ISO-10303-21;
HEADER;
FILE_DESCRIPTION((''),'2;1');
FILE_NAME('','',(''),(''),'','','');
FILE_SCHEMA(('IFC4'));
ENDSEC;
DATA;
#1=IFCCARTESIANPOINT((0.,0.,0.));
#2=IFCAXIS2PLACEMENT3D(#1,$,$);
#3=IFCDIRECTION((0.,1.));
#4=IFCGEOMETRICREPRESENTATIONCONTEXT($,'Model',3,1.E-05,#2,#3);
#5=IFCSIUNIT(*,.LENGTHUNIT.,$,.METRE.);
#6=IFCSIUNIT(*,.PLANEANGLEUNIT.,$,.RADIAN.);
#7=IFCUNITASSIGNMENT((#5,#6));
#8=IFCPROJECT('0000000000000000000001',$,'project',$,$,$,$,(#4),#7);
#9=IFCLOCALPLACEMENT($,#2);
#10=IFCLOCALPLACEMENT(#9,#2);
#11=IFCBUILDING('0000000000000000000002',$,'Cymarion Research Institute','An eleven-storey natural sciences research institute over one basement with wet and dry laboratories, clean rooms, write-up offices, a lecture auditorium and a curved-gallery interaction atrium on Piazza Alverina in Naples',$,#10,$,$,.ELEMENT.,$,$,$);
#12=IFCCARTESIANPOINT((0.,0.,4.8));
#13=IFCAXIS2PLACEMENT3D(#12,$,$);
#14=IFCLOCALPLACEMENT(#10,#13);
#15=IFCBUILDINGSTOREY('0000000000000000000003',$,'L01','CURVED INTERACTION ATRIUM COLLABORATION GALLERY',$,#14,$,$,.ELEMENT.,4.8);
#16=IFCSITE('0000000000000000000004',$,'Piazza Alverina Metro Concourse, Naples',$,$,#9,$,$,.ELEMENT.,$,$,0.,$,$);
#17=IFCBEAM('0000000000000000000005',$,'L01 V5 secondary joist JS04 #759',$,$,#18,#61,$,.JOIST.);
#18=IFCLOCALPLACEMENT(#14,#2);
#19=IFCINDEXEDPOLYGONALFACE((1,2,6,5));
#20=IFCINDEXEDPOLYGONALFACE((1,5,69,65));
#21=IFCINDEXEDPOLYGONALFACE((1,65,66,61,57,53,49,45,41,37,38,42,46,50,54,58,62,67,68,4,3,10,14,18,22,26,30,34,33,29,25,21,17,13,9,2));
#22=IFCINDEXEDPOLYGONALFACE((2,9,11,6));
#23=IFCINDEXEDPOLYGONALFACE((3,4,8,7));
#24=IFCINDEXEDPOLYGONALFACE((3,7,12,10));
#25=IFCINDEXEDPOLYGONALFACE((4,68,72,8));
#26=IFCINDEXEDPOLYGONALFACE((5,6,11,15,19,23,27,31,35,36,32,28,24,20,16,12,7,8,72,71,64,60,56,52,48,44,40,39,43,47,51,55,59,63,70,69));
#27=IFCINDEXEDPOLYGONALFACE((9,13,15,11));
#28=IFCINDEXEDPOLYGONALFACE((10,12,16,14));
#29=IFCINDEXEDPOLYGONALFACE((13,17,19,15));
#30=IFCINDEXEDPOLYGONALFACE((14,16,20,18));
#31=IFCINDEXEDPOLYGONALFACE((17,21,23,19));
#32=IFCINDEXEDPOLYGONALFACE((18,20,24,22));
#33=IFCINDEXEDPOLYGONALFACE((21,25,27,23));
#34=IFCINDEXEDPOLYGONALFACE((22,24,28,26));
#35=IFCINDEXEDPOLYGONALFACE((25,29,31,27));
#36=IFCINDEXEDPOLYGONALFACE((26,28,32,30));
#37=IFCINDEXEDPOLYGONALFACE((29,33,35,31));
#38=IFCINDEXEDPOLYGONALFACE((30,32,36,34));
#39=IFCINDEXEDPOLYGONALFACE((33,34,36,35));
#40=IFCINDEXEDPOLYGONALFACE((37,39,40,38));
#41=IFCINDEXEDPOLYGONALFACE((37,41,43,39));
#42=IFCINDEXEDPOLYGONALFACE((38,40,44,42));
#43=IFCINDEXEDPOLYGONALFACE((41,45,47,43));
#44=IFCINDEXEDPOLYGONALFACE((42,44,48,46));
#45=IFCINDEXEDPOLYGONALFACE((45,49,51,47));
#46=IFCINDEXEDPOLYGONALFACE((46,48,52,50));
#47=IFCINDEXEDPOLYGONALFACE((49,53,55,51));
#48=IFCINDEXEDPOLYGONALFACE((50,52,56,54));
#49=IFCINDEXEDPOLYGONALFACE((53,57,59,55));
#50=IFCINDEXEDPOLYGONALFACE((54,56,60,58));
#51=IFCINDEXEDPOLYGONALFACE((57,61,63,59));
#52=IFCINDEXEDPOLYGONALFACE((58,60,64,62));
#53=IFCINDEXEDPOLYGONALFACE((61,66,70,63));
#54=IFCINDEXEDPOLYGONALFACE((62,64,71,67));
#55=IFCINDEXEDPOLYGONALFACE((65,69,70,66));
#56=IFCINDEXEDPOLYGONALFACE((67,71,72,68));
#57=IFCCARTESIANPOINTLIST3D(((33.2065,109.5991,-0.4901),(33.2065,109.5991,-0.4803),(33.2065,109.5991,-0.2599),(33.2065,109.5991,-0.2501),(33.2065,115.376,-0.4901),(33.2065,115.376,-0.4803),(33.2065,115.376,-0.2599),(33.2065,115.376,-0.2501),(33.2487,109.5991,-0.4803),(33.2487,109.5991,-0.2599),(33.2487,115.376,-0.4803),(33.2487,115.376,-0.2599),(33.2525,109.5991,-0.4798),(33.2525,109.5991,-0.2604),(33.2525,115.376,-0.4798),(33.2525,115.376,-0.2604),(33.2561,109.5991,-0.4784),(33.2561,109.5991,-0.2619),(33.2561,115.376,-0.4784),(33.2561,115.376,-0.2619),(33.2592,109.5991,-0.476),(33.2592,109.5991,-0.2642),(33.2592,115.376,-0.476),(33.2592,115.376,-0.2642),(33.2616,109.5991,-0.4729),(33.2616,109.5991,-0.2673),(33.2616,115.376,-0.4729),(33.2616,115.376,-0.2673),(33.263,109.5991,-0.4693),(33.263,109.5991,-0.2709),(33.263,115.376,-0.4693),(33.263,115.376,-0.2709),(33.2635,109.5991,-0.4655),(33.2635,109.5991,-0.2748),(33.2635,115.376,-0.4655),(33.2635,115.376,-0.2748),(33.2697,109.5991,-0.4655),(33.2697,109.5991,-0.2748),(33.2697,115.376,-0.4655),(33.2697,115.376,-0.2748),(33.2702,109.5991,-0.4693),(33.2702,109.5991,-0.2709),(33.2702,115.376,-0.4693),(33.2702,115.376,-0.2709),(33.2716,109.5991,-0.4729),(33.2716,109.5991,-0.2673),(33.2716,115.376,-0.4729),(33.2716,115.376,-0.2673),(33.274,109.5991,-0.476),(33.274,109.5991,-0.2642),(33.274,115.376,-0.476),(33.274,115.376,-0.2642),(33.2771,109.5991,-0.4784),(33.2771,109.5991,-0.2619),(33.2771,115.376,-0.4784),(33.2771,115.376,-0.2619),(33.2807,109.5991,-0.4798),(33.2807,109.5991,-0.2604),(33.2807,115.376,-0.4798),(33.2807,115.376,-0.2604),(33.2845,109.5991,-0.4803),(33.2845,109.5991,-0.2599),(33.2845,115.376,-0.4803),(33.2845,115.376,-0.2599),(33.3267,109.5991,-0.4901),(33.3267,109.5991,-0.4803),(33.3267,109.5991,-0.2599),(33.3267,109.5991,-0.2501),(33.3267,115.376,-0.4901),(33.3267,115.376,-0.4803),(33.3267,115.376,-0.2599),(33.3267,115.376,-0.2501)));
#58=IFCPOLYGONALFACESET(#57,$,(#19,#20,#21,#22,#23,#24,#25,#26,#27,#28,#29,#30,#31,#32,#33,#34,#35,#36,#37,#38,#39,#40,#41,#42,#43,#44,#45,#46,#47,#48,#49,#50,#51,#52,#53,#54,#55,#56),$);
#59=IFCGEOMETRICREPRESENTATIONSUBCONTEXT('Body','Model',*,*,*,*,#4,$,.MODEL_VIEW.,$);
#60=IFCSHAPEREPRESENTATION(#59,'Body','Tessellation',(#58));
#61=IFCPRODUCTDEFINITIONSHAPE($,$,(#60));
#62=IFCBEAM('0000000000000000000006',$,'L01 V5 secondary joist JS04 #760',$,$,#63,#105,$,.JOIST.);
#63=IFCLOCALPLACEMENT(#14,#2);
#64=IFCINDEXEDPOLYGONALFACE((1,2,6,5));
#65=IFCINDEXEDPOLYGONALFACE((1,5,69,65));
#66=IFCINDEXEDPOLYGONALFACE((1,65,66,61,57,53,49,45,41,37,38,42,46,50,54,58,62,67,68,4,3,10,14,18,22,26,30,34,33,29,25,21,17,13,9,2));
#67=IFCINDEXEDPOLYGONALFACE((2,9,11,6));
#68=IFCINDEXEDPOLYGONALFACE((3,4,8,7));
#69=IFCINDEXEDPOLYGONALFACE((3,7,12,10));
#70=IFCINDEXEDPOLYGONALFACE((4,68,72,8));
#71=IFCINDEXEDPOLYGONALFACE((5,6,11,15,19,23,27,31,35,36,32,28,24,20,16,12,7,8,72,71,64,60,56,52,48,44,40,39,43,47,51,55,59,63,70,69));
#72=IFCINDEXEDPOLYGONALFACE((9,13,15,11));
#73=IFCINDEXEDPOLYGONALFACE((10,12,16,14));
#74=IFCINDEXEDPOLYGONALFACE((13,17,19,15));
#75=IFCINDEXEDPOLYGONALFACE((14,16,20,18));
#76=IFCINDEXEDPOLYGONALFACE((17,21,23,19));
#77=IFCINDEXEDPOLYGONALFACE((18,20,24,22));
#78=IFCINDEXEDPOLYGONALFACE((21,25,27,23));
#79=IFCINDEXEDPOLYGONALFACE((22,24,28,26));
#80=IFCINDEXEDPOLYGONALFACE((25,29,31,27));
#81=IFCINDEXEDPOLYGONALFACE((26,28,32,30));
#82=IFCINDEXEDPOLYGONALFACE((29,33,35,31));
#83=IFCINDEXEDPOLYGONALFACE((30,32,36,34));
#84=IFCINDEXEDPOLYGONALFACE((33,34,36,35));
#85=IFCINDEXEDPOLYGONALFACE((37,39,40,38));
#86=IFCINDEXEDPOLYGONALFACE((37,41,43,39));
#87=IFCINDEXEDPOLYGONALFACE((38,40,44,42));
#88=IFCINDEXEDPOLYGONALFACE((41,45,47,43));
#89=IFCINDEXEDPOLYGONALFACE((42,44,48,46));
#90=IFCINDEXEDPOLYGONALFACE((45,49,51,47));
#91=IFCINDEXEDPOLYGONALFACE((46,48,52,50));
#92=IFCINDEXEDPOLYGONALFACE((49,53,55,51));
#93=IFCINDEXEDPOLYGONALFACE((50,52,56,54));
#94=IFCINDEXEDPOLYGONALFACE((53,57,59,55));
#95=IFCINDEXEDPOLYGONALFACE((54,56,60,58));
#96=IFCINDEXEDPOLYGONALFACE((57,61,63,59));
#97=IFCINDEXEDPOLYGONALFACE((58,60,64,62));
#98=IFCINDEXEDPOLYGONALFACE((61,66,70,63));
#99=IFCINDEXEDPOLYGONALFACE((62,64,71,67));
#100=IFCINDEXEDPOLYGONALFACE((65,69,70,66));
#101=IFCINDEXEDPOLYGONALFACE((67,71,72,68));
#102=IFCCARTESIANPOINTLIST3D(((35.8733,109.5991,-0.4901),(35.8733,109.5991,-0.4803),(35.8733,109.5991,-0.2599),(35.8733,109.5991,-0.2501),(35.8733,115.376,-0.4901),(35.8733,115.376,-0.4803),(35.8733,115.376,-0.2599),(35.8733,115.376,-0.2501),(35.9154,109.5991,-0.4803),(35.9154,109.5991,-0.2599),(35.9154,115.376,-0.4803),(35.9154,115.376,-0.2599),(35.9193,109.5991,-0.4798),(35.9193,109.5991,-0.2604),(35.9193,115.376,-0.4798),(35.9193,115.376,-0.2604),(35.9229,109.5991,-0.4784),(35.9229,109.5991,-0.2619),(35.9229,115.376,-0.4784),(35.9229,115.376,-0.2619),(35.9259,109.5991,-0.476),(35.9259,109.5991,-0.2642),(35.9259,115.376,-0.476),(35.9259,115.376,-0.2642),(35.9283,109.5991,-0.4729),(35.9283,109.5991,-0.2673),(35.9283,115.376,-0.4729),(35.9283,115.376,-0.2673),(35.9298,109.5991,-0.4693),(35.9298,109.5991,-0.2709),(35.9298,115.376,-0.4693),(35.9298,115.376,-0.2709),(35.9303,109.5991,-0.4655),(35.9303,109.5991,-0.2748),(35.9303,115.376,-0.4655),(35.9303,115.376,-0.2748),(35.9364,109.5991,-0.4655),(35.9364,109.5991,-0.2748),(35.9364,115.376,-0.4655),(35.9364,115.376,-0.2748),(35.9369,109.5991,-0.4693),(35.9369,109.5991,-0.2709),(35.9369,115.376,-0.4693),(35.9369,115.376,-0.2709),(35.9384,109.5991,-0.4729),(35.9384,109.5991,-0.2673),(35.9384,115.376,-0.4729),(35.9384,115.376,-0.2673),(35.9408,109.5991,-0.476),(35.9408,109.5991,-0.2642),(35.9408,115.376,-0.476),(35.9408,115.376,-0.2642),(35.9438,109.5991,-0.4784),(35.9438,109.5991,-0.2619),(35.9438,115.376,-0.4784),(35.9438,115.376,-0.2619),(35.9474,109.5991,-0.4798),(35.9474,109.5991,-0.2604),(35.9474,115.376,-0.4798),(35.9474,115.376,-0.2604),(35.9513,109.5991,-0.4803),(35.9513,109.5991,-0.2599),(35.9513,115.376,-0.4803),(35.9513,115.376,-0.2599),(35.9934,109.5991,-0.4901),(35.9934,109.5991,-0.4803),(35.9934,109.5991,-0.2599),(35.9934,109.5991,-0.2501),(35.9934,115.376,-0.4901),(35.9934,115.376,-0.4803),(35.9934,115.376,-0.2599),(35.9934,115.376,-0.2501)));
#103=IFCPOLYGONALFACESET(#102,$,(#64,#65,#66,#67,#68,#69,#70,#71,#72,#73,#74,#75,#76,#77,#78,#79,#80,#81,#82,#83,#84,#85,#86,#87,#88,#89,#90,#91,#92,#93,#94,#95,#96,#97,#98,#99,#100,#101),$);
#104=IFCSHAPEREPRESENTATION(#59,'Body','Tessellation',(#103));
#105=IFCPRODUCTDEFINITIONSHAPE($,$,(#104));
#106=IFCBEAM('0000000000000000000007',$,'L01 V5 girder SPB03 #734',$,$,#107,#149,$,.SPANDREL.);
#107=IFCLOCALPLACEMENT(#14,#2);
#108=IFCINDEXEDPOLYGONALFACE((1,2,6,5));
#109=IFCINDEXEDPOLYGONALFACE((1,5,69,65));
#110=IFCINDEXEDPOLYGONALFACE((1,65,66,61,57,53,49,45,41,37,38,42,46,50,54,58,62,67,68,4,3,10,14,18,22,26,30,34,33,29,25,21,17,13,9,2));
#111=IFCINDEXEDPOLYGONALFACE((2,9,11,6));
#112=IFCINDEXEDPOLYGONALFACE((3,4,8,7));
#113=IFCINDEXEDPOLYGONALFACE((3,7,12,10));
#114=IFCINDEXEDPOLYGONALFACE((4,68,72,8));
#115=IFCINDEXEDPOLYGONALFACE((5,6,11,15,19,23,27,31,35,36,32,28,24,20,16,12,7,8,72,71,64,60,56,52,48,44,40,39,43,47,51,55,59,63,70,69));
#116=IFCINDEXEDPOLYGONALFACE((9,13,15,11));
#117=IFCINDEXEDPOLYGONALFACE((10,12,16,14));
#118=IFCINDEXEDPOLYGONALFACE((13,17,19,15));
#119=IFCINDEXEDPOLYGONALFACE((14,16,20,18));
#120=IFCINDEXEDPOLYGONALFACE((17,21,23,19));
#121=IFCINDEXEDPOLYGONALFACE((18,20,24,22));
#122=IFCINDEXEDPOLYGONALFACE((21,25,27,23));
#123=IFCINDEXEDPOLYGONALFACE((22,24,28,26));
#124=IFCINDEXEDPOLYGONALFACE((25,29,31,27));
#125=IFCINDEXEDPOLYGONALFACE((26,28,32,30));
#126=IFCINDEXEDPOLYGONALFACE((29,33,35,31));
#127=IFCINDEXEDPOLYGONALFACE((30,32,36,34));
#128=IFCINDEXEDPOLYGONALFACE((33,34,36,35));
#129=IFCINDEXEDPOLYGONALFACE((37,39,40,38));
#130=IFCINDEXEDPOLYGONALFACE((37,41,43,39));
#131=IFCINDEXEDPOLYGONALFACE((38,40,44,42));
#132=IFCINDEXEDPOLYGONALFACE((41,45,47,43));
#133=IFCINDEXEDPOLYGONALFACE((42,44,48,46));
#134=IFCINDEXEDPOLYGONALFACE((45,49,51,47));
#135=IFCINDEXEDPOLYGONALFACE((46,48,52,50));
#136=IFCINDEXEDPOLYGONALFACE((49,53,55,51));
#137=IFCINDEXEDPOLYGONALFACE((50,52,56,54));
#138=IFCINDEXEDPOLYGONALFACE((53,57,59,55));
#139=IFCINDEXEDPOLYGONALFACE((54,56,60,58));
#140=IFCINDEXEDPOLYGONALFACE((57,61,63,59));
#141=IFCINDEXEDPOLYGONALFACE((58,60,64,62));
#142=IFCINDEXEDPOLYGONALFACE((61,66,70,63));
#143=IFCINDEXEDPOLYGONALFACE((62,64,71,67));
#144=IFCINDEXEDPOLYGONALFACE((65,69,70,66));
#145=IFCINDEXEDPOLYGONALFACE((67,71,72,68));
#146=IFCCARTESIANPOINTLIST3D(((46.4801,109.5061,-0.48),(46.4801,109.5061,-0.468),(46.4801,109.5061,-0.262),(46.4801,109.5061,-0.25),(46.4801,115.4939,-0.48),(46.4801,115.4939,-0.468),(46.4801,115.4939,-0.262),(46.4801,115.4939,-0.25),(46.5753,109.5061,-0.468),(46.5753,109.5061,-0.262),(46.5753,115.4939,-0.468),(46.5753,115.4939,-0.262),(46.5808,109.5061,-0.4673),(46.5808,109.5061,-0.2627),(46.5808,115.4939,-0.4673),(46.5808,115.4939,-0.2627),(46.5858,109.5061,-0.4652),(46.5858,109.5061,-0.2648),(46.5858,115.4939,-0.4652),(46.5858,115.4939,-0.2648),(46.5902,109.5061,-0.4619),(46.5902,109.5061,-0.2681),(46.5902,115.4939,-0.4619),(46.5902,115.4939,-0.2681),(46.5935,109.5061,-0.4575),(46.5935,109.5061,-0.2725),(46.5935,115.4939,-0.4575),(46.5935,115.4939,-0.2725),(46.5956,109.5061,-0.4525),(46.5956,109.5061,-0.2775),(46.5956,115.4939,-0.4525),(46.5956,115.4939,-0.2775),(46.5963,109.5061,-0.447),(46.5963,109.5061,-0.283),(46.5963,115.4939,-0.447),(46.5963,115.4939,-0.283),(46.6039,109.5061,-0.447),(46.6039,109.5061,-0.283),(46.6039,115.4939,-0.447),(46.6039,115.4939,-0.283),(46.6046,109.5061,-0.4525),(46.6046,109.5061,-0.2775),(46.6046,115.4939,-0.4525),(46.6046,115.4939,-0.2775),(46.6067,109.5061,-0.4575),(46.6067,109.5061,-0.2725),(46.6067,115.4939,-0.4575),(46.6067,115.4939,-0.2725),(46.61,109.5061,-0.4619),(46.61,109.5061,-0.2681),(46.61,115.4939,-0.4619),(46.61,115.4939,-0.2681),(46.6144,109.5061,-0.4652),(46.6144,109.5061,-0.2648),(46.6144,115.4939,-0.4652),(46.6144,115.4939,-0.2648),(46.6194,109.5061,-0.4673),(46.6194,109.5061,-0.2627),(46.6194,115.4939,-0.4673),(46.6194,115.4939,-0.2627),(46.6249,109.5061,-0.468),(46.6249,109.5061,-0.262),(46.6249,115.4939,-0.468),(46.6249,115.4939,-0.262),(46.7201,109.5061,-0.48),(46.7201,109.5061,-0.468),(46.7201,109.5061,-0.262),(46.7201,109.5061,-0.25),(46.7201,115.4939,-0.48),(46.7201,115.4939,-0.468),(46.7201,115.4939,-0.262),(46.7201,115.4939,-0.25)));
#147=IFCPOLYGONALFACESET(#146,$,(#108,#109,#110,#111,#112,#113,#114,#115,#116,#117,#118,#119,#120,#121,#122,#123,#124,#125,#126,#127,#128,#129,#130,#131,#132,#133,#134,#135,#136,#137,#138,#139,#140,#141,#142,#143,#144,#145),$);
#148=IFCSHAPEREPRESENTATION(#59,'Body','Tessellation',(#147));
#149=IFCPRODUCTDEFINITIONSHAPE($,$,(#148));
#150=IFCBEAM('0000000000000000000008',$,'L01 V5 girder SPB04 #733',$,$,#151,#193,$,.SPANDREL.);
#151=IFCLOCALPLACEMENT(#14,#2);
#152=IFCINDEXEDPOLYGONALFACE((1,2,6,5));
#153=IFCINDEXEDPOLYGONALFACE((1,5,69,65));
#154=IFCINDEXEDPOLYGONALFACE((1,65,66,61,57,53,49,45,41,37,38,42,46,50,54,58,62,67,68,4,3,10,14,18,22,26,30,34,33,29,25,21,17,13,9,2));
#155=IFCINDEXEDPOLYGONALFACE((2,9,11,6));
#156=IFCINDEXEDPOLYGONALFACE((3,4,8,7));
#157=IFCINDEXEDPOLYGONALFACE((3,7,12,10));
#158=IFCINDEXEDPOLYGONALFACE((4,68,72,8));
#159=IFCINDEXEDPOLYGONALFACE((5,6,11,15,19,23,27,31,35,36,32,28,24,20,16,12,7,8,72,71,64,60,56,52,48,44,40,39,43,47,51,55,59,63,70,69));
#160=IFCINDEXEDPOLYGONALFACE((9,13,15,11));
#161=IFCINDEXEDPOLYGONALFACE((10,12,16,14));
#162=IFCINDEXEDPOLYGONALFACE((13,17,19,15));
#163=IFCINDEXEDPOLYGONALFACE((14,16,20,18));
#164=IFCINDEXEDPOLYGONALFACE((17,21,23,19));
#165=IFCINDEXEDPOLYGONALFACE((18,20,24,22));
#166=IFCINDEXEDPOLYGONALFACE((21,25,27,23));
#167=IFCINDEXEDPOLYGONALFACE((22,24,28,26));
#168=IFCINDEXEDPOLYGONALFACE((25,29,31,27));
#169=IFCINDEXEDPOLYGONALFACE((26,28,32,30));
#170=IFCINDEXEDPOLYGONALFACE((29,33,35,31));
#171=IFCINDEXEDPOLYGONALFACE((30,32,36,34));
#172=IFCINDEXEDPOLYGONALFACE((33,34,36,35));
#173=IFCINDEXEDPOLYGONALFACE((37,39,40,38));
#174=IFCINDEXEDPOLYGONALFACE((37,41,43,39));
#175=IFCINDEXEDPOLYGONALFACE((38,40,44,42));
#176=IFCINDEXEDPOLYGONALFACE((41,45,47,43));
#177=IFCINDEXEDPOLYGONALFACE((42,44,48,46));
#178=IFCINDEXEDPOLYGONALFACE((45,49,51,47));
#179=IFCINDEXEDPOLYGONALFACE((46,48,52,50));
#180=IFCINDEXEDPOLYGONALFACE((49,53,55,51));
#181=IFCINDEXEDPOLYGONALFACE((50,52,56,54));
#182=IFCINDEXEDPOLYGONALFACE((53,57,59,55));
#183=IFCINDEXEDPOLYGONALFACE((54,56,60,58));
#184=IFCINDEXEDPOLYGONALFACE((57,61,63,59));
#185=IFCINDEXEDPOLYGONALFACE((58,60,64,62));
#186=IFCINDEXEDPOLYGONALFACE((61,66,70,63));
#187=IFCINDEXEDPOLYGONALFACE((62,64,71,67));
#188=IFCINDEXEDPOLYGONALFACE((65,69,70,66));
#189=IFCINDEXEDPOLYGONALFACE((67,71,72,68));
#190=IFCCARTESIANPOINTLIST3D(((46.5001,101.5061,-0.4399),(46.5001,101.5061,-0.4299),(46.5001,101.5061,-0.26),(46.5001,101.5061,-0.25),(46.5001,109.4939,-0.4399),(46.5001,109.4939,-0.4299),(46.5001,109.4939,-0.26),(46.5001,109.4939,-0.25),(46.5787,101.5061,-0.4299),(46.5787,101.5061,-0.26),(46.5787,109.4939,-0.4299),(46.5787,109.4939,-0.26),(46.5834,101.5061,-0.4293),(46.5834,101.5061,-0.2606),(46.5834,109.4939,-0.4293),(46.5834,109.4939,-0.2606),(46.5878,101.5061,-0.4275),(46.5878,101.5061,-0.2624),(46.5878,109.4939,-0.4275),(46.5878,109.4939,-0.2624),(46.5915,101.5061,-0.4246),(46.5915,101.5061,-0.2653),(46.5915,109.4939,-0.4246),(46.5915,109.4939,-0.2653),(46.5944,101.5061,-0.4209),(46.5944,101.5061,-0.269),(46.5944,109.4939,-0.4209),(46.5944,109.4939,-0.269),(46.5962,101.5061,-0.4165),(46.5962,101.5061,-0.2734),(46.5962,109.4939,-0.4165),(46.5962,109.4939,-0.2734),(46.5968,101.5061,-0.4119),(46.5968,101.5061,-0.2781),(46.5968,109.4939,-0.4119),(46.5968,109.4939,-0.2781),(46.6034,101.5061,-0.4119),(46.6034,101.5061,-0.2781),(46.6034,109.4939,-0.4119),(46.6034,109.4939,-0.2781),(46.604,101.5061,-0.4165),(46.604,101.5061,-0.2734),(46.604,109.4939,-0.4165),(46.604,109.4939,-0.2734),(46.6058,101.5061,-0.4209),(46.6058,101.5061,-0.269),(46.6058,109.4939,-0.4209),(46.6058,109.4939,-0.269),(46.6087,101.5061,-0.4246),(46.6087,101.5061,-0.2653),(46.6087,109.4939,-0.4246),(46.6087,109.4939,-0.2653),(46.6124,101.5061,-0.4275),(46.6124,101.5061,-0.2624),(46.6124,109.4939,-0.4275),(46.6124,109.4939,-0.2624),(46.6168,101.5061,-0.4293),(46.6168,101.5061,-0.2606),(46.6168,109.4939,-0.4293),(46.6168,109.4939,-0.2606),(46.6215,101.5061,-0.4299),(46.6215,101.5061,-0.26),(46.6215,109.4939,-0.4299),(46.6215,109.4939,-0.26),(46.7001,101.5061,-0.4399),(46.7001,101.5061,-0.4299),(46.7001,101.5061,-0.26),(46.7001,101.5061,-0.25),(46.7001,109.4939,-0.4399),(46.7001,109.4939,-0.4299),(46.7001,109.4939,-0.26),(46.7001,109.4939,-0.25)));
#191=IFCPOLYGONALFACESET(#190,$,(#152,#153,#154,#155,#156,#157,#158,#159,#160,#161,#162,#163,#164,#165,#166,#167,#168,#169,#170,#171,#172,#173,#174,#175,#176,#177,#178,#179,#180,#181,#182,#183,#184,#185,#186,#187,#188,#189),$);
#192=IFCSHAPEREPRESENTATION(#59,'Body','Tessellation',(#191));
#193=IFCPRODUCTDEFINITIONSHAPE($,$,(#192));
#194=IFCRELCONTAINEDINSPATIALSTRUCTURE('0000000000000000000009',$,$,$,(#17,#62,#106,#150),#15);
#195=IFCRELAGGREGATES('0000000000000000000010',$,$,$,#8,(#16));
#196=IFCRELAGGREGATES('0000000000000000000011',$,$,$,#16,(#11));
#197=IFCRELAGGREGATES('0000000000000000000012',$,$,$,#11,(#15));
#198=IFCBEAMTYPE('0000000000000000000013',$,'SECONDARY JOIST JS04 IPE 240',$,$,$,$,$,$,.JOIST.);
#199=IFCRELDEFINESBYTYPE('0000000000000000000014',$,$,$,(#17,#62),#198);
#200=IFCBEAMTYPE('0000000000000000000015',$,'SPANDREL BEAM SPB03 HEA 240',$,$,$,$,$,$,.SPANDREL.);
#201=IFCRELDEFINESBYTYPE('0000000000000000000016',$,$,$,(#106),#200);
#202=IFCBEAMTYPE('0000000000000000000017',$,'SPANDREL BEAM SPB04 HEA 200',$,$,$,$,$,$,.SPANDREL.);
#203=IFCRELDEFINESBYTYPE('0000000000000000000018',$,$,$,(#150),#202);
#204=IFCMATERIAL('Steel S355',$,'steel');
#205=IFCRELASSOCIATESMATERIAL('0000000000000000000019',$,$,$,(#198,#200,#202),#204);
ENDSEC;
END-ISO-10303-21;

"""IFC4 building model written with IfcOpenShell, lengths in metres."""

from ifc_helpers import new_model, si_unit, direction, frame, origin, origin_2d, place, context, subcontext, project, spatial, i_section, extrude, material, material_profile, profile_set, type_object, element, save


model = new_model("IFC4")

# Units and contexts
model_context = context("Model", 3, precision=1e-05, world=origin(), true_north=direction((0.0, 1.0)))
body_context = subcontext(model_context, "Body", "Model", "MODEL_VIEW")
ifc_project = project(units=[si_unit("LENGTHUNIT", "METRE"), si_unit("PLANEANGLEUNIT", "RADIAN")], contexts=[model_context])

# Site, building, storey
site_placement = place(None, origin())
site = spatial("IfcSite", under=ifc_project, at=site_placement, Name="Piazza Alverina Metro Concourse, Naples", CompositionType="ELEMENT", RefElevation=0.0)
building_placement = place(site_placement, origin())
building = spatial("IfcBuilding", under=site, at=building_placement, Name="Cymarion Research Institute", Description="An eleven-storey natural sciences research institute over one basement with wet and dry laboratories, clean rooms, write-up offices, a lecture auditorium and a curved-gallery interaction atrium on Piazza Alverina in Naples", CompositionType="ELEMENT")
storey_placement = place(building_placement, frame((0.0, 0.0, 4.8)))
storey = spatial("IfcBuildingStorey", under=building, at=storey_placement, Name="L01", Description="CURVED INTERACTION ATRIUM COLLABORATION GALLERY", CompositionType="ELEMENT", Elevation=4.8)

# Shared definitions
ifc_material_1 = material(Name="Steel S355", Category="steel")

# Beams
ifc_material_profile_1 = material_profile(ifc_material_1, i_section(OverallWidth=0.1201, OverallDepth=0.24, WebThickness=0.0061, FlangeThickness=0.0098, FilletRadius=0.0149, at=origin_2d()), Name="IPE 240")
ifc_profile_set_1 = profile_set([ifc_material_profile_1], Name="Steel S355")
beam_type_1 = type_object("IfcBeamType", Name="SECONDARY JOIST JS04 IPE 240", PredefinedType="JOIST", material=ifc_profile_set_1)
for number, where, z_axis, x_axis, name in (
    (1, (33.2666, 109.5991, -0.3701), (0.0, 1.0, 0.0), (-1.0, 0.0, 0.0), "L01 V5 secondary joist JS04 #759"),
    (2, (35.9333, 109.5991, -0.3701), (0.0, 1.0, 0.0), (-1.0, 0.0, 0.0), "L01 V5 secondary joist JS04 #760"),
):
    element("IfcBeam", number, at=place(storey_placement, frame(where, z_axis=z_axis, x_axis=x_axis)), inside=storey, type_object=beam_type_1, Name=name, PredefinedType="JOIST", context=body_context, shape_type="SweptSolid", body=[
        extrude(i_section(OverallWidth=0.1201, OverallDepth=0.24, WebThickness=0.0061, FlangeThickness=0.0098, FilletRadius=0.0149, at=origin_2d()), origin(), (0.0, 0.0, 1.0), 5.7769),
    ])
ifc_material_profile_2 = material_profile(ifc_material_1, i_section(OverallWidth=0.24, OverallDepth=0.23, WebThickness=0.0076, FlangeThickness=0.012, FilletRadius=0.021, at=origin_2d()), Name="HEA 240")
ifc_profile_set_2 = profile_set([ifc_material_profile_2], Name="Steel S355")
beam_type_2 = type_object("IfcBeamType", Name="SPANDREL BEAM SPB03 HEA 240", PredefinedType="SPANDREL", material=ifc_profile_set_2)
beam_1_placement = place(storey_placement, frame((46.6001, 109.5061, -0.365), z_axis=(0.0, 1.0, 0.0), x_axis=(-1.0, 0.0, 0.0)))
element("IfcBeam", 3, at=beam_1_placement, inside=storey, type_object=beam_type_2, Name="L01 V5 girder SPB03 #734", PredefinedType="SPANDREL", context=body_context, shape_type="SweptSolid", body=[
    extrude(i_section(OverallWidth=0.24, OverallDepth=0.23, WebThickness=0.0076, FlangeThickness=0.012, FilletRadius=0.021, at=origin_2d()), origin(), (0.0, 0.0, 1.0), 5.9878),
])
ifc_material_profile_3 = material_profile(ifc_material_1, i_section(OverallWidth=0.2, OverallDepth=0.1899, WebThickness=0.0066, FlangeThickness=0.01, FilletRadius=0.0181, at=origin_2d()), Name="HEA 200")
ifc_profile_set_3 = profile_set([ifc_material_profile_3], Name="Steel S355")
beam_type_3 = type_object("IfcBeamType", Name="SPANDREL BEAM SPB04 HEA 200", PredefinedType="SPANDREL", material=ifc_profile_set_3)
beam_2_placement = place(storey_placement, frame((46.6001, 101.5061, -0.345), z_axis=(0.0, 1.0, 0.0), x_axis=(-1.0, 0.0, 0.0)))
element("IfcBeam", 4, at=beam_2_placement, inside=storey, type_object=beam_type_3, Name="L01 V5 girder SPB04 #733", PredefinedType="SPANDREL", context=body_context, shape_type="SweptSolid", body=[
    extrude(i_section(OverallWidth=0.2, OverallDepth=0.1899, WebThickness=0.0066, FlangeThickness=0.01, FilletRadius=0.0181, at=origin_2d()), origin(), (0.0, 0.0, 1.0), 7.9878),
])

save(model, "model.ifc")
